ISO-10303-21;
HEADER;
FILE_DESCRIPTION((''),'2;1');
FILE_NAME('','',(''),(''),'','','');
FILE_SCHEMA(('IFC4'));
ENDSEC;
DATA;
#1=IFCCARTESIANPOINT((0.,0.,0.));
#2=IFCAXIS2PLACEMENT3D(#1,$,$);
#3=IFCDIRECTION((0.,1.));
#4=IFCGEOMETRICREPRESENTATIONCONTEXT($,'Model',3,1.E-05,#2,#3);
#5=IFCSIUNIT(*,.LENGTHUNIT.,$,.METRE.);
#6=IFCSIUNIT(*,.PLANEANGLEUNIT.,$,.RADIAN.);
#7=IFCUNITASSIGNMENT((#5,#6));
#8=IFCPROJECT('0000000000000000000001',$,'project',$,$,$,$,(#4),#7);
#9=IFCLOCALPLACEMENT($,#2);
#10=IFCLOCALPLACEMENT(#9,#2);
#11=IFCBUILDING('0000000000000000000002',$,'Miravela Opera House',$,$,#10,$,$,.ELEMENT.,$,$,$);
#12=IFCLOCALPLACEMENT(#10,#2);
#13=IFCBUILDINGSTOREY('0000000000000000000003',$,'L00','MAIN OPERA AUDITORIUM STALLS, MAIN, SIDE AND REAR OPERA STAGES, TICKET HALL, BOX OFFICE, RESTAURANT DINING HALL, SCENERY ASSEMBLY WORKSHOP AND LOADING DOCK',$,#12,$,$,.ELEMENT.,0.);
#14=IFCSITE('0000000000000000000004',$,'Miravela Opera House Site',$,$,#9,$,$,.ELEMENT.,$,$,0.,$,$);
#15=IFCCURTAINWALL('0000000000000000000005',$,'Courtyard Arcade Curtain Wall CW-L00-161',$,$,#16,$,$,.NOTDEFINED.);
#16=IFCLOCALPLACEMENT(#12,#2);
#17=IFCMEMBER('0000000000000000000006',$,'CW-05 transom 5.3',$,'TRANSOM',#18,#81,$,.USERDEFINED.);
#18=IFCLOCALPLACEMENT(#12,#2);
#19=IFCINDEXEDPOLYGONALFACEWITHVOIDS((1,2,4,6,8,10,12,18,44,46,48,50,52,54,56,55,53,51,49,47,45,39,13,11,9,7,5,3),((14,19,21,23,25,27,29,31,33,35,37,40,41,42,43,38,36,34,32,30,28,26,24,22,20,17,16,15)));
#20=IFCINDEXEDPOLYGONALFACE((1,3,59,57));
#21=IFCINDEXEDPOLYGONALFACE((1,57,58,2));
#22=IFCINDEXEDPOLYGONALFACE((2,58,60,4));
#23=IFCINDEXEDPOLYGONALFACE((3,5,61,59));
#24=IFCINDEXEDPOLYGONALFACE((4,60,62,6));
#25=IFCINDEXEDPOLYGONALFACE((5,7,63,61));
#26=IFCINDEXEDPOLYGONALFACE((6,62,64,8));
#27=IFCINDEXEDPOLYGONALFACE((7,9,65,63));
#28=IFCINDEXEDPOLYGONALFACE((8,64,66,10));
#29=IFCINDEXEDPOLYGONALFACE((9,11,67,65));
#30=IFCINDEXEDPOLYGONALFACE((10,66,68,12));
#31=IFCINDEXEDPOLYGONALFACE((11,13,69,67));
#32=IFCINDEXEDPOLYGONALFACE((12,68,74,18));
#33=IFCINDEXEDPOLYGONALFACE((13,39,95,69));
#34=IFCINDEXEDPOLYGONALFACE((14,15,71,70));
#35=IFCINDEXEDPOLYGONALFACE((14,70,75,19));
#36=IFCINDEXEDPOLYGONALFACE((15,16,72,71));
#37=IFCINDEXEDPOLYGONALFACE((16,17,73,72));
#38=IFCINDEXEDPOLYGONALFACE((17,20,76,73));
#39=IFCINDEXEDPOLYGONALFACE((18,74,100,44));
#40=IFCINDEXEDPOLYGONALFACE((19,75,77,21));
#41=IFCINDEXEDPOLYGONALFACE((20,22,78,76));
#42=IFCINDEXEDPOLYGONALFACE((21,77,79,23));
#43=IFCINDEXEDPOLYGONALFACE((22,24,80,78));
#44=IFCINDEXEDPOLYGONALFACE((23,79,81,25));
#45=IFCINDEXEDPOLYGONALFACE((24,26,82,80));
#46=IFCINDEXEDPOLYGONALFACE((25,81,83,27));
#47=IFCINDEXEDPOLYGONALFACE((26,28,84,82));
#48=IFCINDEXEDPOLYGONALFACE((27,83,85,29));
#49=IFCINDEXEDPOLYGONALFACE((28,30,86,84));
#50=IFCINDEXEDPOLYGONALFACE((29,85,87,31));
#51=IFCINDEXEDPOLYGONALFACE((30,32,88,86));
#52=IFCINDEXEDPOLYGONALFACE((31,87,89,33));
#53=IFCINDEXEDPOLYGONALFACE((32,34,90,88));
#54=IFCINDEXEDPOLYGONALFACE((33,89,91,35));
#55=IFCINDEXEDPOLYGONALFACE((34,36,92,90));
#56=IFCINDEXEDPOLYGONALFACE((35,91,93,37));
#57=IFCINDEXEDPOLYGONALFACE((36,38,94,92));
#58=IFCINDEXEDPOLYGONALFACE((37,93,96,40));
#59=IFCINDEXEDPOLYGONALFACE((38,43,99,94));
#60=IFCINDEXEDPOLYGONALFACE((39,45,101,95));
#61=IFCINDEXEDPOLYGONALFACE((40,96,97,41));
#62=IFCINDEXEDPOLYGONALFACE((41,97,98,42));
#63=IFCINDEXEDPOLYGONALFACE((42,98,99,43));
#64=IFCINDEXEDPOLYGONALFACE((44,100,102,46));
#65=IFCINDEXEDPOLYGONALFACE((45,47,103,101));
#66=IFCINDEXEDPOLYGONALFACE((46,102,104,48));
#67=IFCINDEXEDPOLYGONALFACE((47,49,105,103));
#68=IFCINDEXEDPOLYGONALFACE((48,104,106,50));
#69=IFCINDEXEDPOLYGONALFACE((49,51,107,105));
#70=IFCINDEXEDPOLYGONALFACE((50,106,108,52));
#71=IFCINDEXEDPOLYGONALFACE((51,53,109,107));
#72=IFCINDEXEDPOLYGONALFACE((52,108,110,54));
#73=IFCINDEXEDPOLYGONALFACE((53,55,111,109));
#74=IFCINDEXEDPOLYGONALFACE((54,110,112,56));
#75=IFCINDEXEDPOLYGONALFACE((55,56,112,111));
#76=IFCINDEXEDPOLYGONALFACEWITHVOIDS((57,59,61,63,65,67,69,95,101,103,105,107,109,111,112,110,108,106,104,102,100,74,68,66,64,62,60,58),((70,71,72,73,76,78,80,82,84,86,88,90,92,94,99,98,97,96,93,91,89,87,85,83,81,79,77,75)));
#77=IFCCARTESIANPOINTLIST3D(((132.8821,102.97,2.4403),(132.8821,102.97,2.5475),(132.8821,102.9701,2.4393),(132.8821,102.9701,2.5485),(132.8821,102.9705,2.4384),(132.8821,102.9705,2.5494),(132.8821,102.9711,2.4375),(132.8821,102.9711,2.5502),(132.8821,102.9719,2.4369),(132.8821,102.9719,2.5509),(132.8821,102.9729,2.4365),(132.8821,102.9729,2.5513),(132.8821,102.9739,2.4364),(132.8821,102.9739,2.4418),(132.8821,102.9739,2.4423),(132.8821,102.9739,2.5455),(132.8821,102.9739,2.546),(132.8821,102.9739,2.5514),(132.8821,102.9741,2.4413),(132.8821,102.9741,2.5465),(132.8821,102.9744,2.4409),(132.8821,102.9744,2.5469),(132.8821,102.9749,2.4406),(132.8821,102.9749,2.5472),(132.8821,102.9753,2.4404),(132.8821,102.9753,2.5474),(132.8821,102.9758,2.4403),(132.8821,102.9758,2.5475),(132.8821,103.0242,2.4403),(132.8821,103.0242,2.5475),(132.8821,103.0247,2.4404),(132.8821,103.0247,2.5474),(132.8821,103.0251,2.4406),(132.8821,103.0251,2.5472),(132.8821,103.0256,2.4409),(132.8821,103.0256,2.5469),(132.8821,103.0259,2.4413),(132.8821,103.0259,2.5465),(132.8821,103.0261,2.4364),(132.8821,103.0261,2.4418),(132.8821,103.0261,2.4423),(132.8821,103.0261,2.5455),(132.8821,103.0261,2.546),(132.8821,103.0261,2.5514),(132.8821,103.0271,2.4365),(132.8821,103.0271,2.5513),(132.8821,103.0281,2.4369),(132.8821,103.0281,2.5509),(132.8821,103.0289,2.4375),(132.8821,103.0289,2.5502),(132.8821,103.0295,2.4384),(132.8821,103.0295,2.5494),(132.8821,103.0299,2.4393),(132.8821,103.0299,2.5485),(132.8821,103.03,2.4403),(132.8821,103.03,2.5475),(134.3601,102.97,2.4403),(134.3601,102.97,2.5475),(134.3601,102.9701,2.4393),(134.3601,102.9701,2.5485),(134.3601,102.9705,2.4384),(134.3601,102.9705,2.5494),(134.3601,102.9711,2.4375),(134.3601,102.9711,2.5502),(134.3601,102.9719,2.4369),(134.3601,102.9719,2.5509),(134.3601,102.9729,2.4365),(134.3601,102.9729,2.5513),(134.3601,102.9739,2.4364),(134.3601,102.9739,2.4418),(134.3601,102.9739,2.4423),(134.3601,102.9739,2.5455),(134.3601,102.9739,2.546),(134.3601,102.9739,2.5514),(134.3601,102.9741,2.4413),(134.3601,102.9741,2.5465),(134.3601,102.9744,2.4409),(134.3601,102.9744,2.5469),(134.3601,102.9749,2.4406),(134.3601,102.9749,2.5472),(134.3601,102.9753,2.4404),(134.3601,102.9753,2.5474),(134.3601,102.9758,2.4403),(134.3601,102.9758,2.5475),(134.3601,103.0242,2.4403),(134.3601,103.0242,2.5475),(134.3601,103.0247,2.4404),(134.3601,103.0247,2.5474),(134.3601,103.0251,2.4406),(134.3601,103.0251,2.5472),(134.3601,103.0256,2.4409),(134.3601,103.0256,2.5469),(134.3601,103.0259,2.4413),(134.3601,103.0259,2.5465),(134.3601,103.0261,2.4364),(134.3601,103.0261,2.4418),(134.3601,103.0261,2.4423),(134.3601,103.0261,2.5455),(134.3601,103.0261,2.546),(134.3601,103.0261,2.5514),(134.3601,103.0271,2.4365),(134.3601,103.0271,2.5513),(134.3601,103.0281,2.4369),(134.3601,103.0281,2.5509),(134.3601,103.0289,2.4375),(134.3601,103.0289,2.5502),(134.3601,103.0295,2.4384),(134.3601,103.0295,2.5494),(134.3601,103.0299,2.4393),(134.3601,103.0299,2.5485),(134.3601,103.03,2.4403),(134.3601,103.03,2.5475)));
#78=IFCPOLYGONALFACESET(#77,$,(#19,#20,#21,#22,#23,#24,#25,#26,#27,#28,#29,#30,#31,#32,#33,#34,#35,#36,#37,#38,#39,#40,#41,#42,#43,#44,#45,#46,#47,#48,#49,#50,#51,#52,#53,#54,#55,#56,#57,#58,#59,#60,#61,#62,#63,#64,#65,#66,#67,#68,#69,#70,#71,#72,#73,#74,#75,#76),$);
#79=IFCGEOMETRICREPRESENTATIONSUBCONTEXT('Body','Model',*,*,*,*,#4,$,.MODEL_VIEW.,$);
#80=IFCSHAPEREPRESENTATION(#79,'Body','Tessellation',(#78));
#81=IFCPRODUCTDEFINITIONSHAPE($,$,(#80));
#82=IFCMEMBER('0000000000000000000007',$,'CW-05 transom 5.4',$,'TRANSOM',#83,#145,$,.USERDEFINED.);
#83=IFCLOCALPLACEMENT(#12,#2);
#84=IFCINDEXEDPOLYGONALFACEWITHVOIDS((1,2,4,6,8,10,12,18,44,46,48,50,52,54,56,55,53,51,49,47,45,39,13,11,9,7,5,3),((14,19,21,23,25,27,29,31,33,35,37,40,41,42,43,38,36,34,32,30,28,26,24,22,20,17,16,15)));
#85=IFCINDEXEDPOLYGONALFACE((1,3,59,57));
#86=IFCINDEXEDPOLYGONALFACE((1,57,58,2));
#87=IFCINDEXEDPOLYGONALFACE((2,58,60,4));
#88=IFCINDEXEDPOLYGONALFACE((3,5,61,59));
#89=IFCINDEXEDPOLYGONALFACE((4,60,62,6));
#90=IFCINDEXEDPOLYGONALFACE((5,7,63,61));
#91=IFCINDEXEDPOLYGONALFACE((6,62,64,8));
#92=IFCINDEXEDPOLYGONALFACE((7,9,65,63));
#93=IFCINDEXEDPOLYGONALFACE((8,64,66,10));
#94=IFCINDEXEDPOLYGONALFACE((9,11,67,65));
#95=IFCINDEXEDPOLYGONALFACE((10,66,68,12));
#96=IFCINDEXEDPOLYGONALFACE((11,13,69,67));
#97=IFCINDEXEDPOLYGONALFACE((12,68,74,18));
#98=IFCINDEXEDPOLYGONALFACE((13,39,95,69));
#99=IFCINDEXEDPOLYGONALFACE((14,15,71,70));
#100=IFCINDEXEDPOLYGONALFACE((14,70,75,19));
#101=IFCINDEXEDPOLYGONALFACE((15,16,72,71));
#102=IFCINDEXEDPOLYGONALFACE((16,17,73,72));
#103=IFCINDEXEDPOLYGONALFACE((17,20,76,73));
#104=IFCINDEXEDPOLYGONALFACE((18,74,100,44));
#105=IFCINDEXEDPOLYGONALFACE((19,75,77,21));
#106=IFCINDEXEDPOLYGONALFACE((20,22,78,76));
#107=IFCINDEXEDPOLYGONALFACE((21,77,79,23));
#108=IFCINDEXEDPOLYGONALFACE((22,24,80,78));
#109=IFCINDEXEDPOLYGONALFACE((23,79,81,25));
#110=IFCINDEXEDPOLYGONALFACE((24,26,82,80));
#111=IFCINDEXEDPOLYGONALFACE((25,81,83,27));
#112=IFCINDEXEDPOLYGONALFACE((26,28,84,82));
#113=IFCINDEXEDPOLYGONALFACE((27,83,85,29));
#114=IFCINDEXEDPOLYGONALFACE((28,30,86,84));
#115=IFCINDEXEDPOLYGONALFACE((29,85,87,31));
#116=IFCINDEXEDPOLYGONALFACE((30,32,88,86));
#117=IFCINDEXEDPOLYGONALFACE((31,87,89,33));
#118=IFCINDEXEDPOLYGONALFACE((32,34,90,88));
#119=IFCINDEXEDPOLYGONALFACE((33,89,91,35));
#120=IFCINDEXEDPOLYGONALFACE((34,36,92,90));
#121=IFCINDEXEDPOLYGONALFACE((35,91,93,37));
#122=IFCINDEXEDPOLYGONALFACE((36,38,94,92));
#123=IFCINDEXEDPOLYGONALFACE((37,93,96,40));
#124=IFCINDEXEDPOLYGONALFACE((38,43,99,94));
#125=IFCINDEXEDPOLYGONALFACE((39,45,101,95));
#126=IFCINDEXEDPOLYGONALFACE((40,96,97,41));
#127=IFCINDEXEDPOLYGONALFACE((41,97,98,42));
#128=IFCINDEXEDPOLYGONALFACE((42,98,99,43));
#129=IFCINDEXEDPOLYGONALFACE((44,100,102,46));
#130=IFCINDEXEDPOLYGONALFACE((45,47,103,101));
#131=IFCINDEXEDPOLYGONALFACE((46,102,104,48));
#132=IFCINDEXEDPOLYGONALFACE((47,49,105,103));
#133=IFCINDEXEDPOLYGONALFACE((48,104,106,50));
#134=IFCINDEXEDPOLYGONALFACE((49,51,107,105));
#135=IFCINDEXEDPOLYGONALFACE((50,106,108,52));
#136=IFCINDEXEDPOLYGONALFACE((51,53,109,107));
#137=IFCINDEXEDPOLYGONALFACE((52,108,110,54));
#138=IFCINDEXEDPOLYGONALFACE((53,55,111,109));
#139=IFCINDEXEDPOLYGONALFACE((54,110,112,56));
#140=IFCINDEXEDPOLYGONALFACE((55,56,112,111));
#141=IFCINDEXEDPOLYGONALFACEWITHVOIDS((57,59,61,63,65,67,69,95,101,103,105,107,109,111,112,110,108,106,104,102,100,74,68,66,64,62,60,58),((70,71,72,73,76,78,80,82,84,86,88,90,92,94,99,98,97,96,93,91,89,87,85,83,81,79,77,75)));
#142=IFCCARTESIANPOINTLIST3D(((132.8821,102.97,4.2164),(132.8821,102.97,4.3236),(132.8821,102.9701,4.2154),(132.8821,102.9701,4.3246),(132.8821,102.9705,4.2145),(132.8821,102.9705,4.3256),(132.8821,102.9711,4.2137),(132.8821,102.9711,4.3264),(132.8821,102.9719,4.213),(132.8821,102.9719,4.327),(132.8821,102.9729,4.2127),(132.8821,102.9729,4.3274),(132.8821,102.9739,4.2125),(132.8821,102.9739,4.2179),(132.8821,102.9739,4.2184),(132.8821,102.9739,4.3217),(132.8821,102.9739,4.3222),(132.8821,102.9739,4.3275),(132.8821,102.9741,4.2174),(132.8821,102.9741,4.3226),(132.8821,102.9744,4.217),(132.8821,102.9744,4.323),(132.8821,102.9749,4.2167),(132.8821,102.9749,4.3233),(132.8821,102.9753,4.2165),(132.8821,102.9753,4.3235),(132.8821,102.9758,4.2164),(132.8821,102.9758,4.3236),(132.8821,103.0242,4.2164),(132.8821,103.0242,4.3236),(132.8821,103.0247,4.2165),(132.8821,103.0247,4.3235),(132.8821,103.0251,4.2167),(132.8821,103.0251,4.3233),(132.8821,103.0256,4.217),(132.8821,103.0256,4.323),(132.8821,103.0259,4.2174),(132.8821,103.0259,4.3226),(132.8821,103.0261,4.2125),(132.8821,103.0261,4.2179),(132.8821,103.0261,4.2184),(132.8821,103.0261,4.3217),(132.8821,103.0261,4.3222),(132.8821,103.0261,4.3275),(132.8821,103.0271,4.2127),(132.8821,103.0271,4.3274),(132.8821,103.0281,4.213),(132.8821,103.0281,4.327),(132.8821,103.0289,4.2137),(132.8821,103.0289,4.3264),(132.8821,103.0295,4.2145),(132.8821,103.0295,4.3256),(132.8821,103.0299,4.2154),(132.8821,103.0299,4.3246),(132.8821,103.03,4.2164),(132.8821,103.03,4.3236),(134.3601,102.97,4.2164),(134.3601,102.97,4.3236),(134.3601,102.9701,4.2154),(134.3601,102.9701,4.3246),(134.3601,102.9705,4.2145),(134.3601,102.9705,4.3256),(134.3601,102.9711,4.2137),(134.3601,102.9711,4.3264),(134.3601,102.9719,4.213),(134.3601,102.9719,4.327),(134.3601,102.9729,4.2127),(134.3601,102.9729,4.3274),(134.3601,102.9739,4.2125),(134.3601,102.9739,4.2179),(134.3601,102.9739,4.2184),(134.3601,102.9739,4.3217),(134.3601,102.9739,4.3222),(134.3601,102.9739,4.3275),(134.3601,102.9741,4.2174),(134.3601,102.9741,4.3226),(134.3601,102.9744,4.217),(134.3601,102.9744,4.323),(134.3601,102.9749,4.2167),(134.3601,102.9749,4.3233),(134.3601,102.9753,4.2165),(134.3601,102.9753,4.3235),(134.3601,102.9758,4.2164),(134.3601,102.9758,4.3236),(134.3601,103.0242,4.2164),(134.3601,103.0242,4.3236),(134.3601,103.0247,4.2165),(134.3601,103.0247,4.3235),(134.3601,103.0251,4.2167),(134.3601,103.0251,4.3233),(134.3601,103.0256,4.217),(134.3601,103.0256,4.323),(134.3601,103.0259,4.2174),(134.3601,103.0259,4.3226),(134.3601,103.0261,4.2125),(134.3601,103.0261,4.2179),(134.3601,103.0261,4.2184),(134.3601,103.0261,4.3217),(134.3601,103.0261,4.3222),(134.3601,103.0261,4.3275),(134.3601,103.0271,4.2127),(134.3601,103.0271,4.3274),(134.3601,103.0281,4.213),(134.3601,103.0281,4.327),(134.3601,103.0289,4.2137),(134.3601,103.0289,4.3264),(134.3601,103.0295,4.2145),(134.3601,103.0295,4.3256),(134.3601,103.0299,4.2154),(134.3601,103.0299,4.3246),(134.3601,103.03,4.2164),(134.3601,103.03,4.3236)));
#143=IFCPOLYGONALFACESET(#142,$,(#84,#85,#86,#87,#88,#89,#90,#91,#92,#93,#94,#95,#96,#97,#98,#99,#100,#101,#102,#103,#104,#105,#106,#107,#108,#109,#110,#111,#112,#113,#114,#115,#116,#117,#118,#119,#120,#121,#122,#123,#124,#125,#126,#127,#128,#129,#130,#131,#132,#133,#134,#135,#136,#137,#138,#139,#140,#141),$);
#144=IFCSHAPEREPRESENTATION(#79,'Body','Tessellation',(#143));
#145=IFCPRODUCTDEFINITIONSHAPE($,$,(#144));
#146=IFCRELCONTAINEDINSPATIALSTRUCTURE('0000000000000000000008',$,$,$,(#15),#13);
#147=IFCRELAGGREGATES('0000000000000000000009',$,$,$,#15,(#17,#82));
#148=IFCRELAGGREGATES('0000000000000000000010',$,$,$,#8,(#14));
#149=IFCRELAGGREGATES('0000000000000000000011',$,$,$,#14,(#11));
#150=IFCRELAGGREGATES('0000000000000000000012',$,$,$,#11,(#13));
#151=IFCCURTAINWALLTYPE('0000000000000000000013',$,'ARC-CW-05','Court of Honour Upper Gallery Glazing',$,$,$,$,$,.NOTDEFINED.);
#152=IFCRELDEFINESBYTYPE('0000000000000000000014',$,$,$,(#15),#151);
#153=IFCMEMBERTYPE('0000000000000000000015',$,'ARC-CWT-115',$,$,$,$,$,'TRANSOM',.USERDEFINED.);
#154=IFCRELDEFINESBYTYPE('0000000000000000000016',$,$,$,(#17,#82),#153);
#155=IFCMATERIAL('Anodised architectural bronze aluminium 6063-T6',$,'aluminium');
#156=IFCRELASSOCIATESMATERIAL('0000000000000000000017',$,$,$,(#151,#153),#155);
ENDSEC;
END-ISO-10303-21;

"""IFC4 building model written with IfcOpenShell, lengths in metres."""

from ifc_helpers import new_model, si_unit, direction, frame, origin, origin_2d, place, context, subcontext, project, spatial, hollow_rectangle, extrude, material, material_profile, profile_set, type_object, element, aggregate, save


model = new_model("IFC4")

# Units and contexts
model_context = context("Model", 3, precision=1e-05, world=origin(), true_north=direction((0.0, 1.0)))
body_context = subcontext(model_context, "Body", "Model", "MODEL_VIEW")
ifc_project = project(units=[si_unit("LENGTHUNIT", "METRE"), si_unit("PLANEANGLEUNIT", "RADIAN")], contexts=[model_context])

# Site, building, storey
site_placement = place(None, origin())
site = spatial("IfcSite", under=ifc_project, at=site_placement, Name="Miravela Opera House Site", CompositionType="ELEMENT", RefElevation=0.0)
building_placement = place(site_placement, origin())
building = spatial("IfcBuilding", under=site, at=building_placement, Name="Miravela Opera House", CompositionType="ELEMENT")
storey_placement = place(building_placement, origin())
storey = spatial("IfcBuildingStorey", under=building, at=storey_placement, Name="L00", Description="MAIN OPERA AUDITORIUM STALLS, MAIN, SIDE AND REAR OPERA STAGES, TICKET HALL, BOX OFFICE, RESTAURANT DINING HALL, SCENERY ASSEMBLY WORKSHOP AND LOADING DOCK", CompositionType="ELEMENT", Elevation=0.0)

# Curtain wall
ifc_material_1 = material(Name="Anodised architectural bronze aluminium 6063-T6", Category="aluminium")
curtain_wall_type = type_object("IfcCurtainWallType", Name="ARC-CW-05", Description="Court of Honour Upper Gallery Glazing", PredefinedType="NOTDEFINED", material=ifc_material_1)
curtain_wall_1_placement = place(storey_placement, origin())
curtain_wall_1 = element("IfcCurtainWall", 1, at=curtain_wall_1_placement, inside=storey, type_object=curtain_wall_type, Name="Courtyard Arcade Curtain Wall CW-L00-161", PredefinedType="NOTDEFINED")

# Members
ifc_material_profile_1 = material_profile(ifc_material_1, hollow_rectangle(XDim=0.0601, YDim=0.115, WallThickness=0.0039, InnerFilletRadius=0.002, OuterFilletRadius=0.0039, at=origin_2d()), Name="CWT-60X115")
ifc_profile_set_1 = profile_set([ifc_material_profile_1])
member_type_1 = type_object("IfcMemberType", Name="ARC-CWT-115", ElementType="TRANSOM", PredefinedType="USERDEFINED", material=ifc_profile_set_1)
member_1_placement = place(storey_placement, frame((132.8821, 103.0, 2.4939), z_axis=(1.0, 0.0, 0.0), x_axis=(0.0, 1.0, 0.0)))
member_1 = element("IfcMember", 2, at=member_1_placement, type_object=member_type_1, Name="CW-05 transom 5.3", ObjectType="TRANSOM", PredefinedType="USERDEFINED", context=body_context, shape_type="SweptSolid", body=[
    extrude(hollow_rectangle(XDim=0.0601, YDim=0.115, WallThickness=0.0039, InnerFilletRadius=0.002, OuterFilletRadius=0.0039, at=origin_2d()), origin(), (0.0, 0.0, 1.0), 1.478),
])
member_2_placement = place(storey_placement, frame((132.8821, 103.0, 4.27), z_axis=(1.0, 0.0, 0.0), x_axis=(0.0, 1.0, 0.0)))
member_2 = element("IfcMember", 3, at=member_2_placement, type_object=member_type_1, Name="CW-05 transom 5.4", ObjectType="TRANSOM", PredefinedType="USERDEFINED", context=body_context, shape_type="SweptSolid", body=[
    extrude(hollow_rectangle(XDim=0.0601, YDim=0.115, WallThickness=0.0039, InnerFilletRadius=0.002, OuterFilletRadius=0.0039, at=origin_2d()), origin(), (0.0, 0.0, 1.0), 1.478),
])

aggregate(curtain_wall_1, [member_1, member_2])

save(model, "model.ifc")
